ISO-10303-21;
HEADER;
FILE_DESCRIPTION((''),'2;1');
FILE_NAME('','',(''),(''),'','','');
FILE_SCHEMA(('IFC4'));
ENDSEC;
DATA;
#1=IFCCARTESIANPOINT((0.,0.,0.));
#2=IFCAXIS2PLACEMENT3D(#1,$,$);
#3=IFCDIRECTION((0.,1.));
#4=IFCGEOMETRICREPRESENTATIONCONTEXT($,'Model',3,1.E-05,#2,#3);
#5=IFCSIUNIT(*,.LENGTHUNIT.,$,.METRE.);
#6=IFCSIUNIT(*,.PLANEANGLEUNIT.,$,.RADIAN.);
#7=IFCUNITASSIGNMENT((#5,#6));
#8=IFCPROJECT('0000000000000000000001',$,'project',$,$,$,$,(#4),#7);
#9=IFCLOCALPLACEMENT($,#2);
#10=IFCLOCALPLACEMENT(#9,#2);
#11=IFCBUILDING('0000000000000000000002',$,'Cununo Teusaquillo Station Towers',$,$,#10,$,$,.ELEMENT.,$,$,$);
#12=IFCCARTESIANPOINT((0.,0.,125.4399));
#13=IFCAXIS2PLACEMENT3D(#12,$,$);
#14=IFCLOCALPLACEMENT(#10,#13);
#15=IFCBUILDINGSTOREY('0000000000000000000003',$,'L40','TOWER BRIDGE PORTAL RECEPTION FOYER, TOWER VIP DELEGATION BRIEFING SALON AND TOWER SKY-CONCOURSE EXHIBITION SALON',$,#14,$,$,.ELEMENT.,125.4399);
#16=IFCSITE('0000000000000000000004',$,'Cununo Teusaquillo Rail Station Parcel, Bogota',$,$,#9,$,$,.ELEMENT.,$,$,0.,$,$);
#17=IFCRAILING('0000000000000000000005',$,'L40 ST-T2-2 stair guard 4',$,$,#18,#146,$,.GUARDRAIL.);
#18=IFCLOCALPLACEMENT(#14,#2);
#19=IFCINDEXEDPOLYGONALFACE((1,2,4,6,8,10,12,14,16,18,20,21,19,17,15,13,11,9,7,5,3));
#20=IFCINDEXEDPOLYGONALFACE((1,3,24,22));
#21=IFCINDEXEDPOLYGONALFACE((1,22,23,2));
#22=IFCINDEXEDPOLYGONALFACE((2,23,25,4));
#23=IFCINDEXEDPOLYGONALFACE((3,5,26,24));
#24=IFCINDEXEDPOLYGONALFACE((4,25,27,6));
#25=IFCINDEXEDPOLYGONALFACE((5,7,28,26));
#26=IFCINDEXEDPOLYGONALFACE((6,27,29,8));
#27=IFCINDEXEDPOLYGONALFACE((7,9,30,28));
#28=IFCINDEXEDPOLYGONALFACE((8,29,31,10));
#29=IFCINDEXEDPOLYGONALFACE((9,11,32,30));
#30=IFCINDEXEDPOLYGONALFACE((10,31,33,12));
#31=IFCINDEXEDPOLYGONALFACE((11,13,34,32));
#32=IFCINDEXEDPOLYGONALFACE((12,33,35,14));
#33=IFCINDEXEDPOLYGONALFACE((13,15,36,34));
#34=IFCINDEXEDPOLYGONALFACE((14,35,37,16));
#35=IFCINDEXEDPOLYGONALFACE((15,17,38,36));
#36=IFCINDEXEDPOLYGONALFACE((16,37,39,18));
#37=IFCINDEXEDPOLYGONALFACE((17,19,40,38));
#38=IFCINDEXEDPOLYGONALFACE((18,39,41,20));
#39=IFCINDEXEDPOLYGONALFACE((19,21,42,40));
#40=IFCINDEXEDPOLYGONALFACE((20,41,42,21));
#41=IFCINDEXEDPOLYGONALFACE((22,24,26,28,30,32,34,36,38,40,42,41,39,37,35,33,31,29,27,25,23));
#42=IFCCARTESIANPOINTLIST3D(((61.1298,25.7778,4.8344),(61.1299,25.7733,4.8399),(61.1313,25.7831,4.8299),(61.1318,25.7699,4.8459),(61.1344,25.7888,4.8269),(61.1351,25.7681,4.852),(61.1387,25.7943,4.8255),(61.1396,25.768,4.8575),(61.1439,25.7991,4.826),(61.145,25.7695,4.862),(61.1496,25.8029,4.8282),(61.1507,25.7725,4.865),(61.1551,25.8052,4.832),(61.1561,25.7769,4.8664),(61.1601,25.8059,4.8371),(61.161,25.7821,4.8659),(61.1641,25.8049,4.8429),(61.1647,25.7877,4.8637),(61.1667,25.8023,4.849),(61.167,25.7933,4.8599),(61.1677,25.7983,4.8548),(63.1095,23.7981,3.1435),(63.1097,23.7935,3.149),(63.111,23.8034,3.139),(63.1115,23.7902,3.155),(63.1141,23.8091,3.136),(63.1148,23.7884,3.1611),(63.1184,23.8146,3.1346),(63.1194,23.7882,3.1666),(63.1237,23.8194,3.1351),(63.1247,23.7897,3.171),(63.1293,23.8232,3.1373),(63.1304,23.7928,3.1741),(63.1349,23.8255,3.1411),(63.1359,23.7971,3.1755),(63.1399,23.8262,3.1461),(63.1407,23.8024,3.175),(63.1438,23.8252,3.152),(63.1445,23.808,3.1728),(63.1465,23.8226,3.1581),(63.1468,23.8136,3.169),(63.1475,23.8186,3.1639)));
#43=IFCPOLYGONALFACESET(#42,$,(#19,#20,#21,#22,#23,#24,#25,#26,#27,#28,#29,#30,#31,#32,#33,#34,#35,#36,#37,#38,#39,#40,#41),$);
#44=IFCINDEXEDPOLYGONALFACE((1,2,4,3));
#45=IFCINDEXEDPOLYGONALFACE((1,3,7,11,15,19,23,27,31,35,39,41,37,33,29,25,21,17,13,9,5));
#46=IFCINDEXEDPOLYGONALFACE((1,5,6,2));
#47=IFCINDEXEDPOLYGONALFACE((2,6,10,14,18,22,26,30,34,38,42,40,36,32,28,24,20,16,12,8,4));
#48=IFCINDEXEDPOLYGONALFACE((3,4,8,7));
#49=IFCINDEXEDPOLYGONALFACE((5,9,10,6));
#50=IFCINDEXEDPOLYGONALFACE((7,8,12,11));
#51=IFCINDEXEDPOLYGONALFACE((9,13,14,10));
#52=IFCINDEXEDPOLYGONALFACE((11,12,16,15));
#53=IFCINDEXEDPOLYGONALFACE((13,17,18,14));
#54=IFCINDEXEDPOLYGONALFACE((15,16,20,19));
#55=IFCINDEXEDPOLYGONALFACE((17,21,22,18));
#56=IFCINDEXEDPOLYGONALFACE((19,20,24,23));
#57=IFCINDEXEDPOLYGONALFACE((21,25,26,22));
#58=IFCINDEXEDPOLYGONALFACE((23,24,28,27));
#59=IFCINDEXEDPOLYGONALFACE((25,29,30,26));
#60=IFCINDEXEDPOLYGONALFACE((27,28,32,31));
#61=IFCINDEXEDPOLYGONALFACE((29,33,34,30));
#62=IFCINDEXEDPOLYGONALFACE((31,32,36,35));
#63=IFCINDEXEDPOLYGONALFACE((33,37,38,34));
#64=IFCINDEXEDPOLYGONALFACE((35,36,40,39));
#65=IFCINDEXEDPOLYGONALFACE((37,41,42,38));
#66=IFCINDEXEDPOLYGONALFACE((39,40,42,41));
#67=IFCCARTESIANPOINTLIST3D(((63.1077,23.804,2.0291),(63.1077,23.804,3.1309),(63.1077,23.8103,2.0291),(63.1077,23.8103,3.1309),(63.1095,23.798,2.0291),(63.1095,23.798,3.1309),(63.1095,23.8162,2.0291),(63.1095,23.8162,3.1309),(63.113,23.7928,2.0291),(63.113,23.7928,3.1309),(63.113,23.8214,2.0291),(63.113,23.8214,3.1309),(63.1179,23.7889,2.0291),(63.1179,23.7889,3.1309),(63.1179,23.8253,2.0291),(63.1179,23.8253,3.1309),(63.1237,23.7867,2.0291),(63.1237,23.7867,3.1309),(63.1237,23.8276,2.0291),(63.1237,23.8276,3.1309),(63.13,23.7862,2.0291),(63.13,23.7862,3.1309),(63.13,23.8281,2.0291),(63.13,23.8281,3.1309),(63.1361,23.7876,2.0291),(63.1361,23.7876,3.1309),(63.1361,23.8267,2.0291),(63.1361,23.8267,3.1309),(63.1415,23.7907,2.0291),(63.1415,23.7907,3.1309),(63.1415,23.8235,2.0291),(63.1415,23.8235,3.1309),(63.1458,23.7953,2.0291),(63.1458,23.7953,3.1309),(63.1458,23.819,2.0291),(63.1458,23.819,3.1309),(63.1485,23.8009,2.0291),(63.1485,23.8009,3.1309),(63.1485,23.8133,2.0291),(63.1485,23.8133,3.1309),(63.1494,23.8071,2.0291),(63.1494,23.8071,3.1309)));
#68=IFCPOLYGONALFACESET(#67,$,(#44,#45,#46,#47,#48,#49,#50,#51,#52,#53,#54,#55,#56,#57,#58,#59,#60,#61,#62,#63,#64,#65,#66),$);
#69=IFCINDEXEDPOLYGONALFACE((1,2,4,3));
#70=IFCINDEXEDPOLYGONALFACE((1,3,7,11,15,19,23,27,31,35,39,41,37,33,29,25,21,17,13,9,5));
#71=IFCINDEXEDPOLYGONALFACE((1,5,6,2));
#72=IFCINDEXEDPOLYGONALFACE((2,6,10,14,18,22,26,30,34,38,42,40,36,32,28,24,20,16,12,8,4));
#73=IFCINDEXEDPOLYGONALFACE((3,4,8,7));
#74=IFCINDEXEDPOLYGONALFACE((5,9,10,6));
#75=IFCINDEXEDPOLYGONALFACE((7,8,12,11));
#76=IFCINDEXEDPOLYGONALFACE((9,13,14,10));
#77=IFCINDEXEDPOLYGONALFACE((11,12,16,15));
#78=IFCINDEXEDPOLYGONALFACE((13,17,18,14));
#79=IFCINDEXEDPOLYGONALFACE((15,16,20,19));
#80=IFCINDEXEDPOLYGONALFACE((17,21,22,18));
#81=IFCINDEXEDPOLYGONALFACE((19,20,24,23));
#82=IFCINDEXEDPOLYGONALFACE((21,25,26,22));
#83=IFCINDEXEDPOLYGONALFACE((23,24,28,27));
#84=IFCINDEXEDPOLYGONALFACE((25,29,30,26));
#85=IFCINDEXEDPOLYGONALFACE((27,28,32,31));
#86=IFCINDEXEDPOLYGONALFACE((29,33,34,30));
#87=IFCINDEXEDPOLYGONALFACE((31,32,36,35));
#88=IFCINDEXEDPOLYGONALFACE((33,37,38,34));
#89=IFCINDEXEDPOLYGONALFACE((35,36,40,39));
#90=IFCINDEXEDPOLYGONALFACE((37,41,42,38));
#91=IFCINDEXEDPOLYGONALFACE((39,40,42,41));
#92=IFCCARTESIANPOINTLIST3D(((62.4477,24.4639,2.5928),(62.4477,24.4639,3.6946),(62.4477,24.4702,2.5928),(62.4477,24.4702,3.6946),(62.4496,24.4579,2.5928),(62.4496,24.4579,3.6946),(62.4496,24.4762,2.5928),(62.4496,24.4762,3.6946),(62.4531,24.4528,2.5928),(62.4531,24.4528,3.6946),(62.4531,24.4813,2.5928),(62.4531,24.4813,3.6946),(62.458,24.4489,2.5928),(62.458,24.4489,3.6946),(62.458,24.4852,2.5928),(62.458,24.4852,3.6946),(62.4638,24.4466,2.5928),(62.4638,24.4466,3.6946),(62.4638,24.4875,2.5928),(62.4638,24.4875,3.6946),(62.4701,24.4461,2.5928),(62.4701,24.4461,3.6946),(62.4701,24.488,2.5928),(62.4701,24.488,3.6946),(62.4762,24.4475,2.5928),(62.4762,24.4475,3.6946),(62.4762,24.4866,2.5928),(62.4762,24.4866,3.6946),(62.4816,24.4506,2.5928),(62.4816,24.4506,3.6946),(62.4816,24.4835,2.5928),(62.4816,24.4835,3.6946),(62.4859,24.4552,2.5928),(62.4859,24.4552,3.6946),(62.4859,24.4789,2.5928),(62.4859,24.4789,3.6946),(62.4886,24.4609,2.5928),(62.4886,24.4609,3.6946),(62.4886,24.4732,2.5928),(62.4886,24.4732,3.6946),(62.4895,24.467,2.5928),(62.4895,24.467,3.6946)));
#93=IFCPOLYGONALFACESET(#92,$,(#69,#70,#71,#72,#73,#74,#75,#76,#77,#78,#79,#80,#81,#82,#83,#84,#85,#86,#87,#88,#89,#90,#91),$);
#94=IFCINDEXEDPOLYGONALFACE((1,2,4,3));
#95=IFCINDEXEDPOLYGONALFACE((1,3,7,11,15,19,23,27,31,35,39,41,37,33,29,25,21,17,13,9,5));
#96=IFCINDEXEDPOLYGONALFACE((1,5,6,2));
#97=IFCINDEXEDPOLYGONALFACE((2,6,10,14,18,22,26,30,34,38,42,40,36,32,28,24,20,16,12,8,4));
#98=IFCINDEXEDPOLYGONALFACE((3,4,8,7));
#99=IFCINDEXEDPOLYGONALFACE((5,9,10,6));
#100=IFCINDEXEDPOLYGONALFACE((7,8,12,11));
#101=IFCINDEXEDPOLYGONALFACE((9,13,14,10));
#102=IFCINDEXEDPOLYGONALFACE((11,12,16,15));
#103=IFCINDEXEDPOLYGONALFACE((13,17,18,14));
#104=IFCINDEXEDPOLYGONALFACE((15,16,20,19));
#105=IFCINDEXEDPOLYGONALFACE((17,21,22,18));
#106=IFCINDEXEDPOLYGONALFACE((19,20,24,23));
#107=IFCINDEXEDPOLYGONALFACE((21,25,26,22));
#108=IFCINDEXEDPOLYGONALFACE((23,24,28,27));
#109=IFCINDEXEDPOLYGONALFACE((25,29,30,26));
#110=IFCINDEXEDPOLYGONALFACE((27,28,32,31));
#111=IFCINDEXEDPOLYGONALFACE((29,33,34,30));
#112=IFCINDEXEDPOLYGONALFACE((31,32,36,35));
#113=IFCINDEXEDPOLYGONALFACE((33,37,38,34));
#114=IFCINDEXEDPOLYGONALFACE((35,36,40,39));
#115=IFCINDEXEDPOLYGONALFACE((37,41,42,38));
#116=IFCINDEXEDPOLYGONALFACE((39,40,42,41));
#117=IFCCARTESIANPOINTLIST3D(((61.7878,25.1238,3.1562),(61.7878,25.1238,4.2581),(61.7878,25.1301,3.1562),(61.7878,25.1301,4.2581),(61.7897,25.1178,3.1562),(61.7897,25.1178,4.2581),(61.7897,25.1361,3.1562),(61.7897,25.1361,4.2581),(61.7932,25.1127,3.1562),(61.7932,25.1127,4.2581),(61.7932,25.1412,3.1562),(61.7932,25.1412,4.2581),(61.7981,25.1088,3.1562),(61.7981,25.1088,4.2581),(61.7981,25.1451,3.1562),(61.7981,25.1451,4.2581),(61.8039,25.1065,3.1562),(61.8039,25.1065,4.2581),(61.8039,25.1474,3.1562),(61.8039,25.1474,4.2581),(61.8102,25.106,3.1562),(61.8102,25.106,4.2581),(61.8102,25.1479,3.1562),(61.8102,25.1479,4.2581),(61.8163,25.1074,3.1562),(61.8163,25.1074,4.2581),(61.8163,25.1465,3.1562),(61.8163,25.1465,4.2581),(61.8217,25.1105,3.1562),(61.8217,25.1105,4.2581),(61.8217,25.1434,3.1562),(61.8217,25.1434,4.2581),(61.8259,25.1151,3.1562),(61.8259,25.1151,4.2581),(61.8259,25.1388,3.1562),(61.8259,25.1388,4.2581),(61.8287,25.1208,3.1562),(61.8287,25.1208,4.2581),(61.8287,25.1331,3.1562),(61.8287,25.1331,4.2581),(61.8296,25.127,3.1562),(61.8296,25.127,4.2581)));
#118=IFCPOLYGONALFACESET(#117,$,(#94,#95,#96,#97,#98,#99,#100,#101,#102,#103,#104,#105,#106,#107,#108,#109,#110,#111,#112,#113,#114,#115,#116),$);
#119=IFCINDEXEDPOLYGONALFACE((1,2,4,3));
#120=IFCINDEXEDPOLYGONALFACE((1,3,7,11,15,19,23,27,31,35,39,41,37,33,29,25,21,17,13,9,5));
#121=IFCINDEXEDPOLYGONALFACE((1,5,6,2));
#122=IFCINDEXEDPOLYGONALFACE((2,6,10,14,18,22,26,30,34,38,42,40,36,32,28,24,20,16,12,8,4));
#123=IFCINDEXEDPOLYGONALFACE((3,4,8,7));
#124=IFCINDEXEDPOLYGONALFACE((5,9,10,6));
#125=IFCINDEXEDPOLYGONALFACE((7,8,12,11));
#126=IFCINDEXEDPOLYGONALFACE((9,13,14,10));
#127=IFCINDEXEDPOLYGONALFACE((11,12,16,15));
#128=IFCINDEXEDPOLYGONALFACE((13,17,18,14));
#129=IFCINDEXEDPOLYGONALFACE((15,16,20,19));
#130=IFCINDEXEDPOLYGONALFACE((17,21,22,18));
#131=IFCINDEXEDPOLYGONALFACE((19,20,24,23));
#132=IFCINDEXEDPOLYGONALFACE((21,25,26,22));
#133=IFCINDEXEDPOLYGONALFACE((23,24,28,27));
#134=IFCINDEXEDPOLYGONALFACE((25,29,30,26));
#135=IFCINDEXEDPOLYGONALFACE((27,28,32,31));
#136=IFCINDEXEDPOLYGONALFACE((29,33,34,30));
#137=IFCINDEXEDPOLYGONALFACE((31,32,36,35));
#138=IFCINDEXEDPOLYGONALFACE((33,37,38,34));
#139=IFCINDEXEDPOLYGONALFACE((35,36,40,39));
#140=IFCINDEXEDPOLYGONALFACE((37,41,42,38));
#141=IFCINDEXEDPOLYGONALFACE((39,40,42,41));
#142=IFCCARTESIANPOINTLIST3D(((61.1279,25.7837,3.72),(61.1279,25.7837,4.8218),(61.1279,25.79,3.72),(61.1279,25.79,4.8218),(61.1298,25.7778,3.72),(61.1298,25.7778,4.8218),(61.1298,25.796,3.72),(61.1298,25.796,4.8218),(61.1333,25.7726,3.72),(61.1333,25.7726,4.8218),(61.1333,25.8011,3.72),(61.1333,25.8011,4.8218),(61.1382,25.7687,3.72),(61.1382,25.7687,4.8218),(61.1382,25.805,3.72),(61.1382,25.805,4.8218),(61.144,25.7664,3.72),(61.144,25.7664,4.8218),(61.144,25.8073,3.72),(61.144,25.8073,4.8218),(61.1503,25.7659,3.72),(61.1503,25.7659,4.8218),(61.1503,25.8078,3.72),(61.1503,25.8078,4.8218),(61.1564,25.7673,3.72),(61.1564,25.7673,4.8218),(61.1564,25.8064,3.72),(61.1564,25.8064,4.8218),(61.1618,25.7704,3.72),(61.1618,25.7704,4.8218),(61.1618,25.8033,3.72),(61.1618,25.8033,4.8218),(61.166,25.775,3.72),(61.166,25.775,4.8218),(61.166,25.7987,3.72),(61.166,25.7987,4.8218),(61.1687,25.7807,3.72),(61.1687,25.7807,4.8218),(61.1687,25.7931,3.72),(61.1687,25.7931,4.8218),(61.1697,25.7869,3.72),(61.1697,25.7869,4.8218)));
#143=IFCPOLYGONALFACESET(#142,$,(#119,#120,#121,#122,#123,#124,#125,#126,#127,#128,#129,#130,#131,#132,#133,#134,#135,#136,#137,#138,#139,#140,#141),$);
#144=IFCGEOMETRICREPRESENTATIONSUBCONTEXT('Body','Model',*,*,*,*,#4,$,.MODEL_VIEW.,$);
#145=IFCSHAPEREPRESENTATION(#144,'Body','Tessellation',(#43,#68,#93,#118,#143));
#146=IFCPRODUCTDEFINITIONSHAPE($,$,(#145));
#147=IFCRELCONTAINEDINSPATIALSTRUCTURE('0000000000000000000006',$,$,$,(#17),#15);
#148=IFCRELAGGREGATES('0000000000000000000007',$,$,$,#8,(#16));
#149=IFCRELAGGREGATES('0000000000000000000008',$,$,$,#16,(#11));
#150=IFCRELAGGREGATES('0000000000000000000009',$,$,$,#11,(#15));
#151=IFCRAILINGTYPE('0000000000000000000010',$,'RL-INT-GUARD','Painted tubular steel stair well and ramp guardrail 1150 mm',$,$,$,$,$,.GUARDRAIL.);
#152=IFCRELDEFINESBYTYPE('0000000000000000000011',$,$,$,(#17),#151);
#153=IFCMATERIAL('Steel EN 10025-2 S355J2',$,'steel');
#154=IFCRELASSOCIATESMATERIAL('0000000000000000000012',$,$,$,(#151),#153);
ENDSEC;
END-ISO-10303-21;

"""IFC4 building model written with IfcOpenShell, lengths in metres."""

from ifc_helpers import new_model, si_unit, direction, frame, origin, origin_2d, place, context, subcontext, project, spatial, circle, extrude, material, type_object, element, save


model = new_model("IFC4")

# Units and contexts
model_context = context("Model", 3, precision=1e-05, world=origin(), true_north=direction((0.0, 1.0)))
body_context = subcontext(model_context, "Body", "Model", "MODEL_VIEW")
ifc_project = project(units=[si_unit("LENGTHUNIT", "METRE"), si_unit("PLANEANGLEUNIT", "RADIAN")], contexts=[model_context])

# Site, building, storey
site_placement = place(None, origin())
site = spatial("IfcSite", under=ifc_project, at=site_placement, Name="Cununo Teusaquillo Rail Station Parcel, Bogota", CompositionType="ELEMENT", RefElevation=0.0)
building_placement = place(site_placement, origin())
building = spatial("IfcBuilding", under=site, at=building_placement, Name="Cununo Teusaquillo Station Towers", CompositionType="ELEMENT")
storey_placement = place(building_placement, frame((0.0, 0.0, 125.4399)))
storey = spatial("IfcBuildingStorey", under=building, at=storey_placement, Name="L40", Description="TOWER BRIDGE PORTAL RECEPTION FOYER, TOWER VIP DELEGATION BRIEFING SALON AND TOWER SKY-CONCOURSE EXHIBITION SALON", CompositionType="ELEMENT", Elevation=125.4399)

# Railing
ifc_material_1 = material(Name="Steel EN 10025-2 S355J2", Category="steel")
railing_type_1 = type_object("IfcRailingType", Name="RL-INT-GUARD", Description="Painted tubular steel stair well and ramp guardrail 1150 mm", PredefinedType="GUARDRAIL", material=ifc_material_1)
railing_1_placement = place(storey_placement, frame((63.1284, 23.8071, 2.0291)))
element("IfcRailing", 1, at=railing_1_placement, inside=storey, type_object=railing_type_1, Name="L40 ST-T2-2 stair guard 4", PredefinedType="GUARDRAIL", context=body_context, shape_type="SweptSolid", body=[
    extrude(circle(Radius=0.0239, at=origin_2d()), frame((0.0, 0.0, 1.126), z_axis=(-0.605282, 0.605282, 0.516979), x_axis=(-0.707107, -0.707107, 0.0)), (0.0, 0.0, 1.0), 3.2708),
    extrude(circle(Radius=0.021, at=origin_2d()), origin(), (0.0, 0.0, 1.0), 1.1018),
    extrude(circle(Radius=0.021, at=origin_2d()), frame((-0.6599, 0.6599, 0.5637)), (0.0, 0.0, 1.0), 1.1018),
    extrude(circle(Radius=0.021, at=origin_2d()), frame((-1.3198, 1.3198, 1.1272)), (0.0, 0.0, 1.0), 1.1018),
    extrude(circle(Radius=0.021, at=origin_2d()), frame((-1.9797, 1.9797, 1.6909)), (0.0, 0.0, 1.0), 1.1018),
])

save(model, "model.ifc")
